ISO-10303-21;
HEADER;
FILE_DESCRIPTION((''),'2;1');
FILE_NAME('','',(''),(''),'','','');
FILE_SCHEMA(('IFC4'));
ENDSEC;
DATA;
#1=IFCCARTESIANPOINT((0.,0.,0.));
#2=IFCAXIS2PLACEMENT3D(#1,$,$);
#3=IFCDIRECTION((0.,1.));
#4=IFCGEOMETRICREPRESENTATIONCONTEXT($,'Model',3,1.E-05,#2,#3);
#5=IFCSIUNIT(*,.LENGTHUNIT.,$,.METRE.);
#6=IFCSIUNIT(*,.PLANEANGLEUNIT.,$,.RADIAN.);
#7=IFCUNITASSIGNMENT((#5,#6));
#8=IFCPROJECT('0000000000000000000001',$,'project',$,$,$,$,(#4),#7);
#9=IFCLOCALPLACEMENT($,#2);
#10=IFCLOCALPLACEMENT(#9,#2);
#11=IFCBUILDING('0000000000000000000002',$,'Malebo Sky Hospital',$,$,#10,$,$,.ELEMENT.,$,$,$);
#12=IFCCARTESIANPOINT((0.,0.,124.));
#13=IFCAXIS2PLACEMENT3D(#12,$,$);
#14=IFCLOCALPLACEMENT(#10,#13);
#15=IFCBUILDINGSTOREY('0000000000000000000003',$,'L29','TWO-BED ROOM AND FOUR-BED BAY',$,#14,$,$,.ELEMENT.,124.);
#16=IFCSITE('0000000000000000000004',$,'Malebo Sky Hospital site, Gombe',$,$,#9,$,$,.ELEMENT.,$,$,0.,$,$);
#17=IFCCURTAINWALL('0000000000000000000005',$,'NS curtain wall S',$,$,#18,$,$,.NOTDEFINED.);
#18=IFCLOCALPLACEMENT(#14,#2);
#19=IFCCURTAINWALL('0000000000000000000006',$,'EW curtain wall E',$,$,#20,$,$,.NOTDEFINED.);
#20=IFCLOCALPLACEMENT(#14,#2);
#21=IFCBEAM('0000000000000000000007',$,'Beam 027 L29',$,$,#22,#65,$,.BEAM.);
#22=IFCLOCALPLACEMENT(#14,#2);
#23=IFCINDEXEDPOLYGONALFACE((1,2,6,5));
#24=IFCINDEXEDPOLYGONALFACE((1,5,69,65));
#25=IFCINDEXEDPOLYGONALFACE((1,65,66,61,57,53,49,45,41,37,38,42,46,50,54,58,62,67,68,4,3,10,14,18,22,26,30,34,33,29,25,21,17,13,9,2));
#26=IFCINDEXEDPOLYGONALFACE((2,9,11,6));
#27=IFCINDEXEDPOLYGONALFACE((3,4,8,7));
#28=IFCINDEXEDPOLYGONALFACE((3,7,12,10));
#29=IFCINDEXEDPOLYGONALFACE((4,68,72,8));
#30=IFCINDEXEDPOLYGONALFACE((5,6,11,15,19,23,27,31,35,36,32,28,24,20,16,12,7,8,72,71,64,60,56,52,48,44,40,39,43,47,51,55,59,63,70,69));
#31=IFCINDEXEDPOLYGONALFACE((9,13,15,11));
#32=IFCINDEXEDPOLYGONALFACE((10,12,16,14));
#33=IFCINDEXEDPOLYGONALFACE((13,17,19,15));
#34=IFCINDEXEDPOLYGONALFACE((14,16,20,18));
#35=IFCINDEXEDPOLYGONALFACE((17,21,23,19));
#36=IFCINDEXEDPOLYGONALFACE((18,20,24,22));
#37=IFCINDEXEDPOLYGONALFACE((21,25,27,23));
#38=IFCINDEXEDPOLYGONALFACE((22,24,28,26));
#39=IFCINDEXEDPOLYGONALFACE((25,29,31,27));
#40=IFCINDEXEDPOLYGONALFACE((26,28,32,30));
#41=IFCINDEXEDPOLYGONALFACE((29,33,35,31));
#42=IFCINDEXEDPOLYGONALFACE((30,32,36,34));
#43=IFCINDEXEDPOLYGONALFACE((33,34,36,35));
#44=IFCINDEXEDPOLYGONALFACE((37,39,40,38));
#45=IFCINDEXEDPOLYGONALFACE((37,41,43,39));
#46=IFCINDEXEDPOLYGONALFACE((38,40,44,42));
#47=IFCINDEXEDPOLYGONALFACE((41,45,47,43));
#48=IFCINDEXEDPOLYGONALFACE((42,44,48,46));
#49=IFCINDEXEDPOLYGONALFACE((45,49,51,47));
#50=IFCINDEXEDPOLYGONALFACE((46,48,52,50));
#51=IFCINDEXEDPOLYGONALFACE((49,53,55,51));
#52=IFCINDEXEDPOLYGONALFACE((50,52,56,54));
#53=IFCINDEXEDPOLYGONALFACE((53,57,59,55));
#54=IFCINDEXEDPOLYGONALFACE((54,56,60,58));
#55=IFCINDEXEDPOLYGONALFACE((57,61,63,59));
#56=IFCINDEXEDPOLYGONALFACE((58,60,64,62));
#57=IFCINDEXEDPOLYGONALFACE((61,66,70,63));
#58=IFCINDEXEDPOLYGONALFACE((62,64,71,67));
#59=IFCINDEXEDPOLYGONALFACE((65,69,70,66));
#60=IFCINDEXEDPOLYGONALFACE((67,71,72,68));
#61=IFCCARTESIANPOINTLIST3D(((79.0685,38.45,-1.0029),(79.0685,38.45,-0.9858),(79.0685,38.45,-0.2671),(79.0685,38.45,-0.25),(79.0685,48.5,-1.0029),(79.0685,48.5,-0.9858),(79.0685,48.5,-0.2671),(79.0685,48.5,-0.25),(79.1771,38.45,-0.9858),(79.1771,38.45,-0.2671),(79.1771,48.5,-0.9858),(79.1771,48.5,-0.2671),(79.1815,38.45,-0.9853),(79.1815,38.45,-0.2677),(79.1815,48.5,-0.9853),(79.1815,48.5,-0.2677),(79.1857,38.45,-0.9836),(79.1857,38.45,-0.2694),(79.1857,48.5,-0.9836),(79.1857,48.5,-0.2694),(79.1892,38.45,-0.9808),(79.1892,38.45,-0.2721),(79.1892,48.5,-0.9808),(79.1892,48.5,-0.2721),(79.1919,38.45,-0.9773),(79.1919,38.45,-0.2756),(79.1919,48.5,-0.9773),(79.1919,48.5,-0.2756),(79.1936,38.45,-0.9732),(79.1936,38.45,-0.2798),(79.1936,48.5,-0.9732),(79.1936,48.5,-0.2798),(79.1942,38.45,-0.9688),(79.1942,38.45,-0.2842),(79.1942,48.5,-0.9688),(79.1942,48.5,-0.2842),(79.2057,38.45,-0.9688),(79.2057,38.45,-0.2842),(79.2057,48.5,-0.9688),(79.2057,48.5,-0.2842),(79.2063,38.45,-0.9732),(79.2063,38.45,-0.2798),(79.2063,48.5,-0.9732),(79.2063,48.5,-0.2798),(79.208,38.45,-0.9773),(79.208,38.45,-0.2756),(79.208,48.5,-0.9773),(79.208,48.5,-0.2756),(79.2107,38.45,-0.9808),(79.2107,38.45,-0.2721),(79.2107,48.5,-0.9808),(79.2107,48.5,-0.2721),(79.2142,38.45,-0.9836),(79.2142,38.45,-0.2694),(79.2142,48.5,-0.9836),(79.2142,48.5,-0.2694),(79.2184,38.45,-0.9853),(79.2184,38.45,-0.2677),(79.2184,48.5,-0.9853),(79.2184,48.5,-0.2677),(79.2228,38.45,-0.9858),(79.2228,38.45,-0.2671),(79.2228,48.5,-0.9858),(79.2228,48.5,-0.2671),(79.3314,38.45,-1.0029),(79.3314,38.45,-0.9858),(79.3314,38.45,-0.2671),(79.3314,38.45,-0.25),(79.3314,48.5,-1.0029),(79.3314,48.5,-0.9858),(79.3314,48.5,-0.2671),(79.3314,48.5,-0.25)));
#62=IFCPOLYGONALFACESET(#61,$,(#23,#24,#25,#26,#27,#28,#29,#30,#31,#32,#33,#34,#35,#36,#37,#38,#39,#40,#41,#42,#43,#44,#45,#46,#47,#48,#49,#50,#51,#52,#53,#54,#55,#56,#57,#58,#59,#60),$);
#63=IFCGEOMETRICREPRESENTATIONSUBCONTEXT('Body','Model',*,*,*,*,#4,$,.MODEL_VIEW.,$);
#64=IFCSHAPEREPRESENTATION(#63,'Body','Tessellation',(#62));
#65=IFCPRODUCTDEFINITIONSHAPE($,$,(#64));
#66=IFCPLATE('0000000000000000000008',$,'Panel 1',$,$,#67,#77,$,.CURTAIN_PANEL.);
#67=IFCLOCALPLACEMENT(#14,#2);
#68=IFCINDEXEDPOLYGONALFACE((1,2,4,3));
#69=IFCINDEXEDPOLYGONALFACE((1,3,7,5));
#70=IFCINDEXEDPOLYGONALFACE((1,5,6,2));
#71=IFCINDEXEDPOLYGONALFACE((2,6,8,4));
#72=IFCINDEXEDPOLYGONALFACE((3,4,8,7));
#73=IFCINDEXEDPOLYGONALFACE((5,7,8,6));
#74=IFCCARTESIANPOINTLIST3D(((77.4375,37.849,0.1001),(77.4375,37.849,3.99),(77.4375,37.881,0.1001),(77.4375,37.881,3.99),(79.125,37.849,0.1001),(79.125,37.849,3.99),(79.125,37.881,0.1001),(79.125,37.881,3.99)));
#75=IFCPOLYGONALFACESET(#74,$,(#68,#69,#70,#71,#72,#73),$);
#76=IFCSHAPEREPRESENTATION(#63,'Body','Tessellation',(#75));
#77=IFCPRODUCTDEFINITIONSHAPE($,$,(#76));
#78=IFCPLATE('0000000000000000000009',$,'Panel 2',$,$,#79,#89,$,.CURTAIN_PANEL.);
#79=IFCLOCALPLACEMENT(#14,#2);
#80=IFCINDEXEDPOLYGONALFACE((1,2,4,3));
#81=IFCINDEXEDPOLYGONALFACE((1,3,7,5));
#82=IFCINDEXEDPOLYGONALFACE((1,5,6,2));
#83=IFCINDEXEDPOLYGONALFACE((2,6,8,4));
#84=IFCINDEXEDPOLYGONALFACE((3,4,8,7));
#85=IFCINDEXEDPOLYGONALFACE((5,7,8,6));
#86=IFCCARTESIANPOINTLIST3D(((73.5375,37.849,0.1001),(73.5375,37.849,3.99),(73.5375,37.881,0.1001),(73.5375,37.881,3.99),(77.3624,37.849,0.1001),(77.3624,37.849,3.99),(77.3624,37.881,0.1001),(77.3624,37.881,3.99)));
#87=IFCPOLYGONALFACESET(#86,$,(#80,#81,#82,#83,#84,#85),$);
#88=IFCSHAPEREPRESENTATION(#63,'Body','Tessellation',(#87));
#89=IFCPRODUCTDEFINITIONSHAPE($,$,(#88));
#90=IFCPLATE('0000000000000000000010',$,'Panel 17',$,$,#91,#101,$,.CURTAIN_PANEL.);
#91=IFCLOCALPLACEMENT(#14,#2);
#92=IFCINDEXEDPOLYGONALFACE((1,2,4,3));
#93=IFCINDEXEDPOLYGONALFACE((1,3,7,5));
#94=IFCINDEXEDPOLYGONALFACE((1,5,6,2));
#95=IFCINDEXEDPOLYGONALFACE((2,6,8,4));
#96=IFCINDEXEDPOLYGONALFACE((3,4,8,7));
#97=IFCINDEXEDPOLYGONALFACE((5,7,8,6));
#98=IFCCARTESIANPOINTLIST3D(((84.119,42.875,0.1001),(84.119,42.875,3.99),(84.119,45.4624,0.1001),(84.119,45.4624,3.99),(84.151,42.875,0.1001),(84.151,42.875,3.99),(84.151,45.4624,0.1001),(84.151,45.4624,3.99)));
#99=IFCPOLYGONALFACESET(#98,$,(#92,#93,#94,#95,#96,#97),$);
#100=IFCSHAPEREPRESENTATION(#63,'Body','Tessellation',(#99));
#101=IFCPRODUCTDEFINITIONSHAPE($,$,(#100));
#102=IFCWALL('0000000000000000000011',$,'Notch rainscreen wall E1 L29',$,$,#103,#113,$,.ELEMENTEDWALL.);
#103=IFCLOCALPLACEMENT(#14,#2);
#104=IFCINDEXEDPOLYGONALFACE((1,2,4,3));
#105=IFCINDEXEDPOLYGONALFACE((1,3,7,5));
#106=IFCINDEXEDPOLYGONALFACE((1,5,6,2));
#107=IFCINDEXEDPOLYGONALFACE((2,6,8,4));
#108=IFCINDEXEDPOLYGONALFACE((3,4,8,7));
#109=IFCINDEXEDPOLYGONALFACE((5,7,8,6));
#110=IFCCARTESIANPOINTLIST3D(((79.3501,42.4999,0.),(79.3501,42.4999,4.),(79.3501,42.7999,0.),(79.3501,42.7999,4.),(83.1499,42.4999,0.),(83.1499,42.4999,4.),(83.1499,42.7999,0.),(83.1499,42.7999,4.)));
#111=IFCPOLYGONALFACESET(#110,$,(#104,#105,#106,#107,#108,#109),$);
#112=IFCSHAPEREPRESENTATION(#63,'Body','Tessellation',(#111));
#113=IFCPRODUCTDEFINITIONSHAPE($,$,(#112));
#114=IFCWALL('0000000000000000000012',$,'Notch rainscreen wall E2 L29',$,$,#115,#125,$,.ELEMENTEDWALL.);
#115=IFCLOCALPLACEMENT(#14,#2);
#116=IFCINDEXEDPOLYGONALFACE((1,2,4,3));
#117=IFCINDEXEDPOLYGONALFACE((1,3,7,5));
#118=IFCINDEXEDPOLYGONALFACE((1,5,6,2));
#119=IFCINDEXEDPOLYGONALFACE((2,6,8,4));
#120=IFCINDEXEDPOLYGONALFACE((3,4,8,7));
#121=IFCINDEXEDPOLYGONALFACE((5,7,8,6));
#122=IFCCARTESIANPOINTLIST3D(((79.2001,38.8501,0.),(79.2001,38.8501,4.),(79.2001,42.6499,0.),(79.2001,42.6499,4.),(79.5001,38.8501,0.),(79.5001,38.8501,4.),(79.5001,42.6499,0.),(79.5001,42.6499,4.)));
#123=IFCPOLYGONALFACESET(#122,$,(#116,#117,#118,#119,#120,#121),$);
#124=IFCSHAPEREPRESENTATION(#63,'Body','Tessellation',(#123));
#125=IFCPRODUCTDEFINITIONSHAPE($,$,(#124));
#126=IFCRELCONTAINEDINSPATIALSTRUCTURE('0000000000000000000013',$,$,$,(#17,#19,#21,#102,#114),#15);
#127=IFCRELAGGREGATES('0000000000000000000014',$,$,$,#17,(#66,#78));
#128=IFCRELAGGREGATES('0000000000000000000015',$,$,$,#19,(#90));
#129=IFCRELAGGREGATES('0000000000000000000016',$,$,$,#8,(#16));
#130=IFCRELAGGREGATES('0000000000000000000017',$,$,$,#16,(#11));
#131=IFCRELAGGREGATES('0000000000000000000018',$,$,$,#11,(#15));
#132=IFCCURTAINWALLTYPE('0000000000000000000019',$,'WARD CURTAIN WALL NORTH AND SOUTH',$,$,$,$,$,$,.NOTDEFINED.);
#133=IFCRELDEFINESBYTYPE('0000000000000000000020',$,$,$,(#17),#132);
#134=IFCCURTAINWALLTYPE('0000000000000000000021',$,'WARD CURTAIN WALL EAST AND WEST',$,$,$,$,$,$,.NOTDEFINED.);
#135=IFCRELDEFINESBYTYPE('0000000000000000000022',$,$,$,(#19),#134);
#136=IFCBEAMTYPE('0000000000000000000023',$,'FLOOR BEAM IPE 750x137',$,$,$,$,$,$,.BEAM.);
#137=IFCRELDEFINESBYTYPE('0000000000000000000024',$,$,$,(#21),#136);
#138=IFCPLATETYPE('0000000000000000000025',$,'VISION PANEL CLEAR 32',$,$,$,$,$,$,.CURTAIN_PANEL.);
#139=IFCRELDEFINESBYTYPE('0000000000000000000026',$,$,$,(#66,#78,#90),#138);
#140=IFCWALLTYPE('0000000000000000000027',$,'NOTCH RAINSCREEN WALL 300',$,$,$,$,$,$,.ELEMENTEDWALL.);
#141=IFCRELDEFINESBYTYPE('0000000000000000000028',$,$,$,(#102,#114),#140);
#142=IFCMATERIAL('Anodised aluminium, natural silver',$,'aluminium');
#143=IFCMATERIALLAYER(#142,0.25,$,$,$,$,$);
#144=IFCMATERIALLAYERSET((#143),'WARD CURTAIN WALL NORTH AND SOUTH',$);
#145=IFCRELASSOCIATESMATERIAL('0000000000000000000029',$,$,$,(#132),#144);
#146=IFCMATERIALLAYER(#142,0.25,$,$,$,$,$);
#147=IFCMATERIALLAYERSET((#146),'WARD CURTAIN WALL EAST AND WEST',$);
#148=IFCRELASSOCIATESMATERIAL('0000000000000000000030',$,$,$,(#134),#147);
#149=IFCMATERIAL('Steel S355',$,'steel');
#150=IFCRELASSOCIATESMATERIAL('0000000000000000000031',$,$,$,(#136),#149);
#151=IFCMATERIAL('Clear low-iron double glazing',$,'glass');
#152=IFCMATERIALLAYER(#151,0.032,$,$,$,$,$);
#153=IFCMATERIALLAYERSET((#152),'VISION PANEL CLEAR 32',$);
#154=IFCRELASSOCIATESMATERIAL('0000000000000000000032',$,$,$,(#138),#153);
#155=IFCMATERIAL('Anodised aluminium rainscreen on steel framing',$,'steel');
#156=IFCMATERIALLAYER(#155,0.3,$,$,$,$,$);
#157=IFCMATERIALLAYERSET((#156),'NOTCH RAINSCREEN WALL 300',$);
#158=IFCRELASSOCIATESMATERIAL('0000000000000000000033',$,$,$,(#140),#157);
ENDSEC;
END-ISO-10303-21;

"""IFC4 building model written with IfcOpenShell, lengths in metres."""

from ifc_helpers import new_model, si_unit, direction, frame, frame_2d, origin, origin_2d, place, context, subcontext, project, spatial, rectangle, i_section, extrude, material, layer, layer_set, material_profile, profile_set, type_object, element, aggregate, save


model = new_model("IFC4")

# Units and contexts
model_context = context("Model", 3, precision=1e-05, world=origin(), true_north=direction((0.0, 1.0)))
body_context = subcontext(model_context, "Body", "Model", "MODEL_VIEW")
ifc_project = project(units=[si_unit("LENGTHUNIT", "METRE"), si_unit("PLANEANGLEUNIT", "RADIAN")], contexts=[model_context])

# Site, building, storey
site_placement = place(None, origin())
site = spatial("IfcSite", under=ifc_project, at=site_placement, Name="Malebo Sky Hospital site, Gombe", CompositionType="ELEMENT", RefElevation=0.0)
building_placement = place(site_placement, origin())
building = spatial("IfcBuilding", under=site, at=building_placement, Name="Malebo Sky Hospital", CompositionType="ELEMENT")
storey_placement = place(building_placement, frame((0.0, 0.0, 124.0)))
storey = spatial("IfcBuildingStorey", under=building, at=storey_placement, Name="L29", Description="TWO-BED ROOM AND FOUR-BED BAY", CompositionType="ELEMENT", Elevation=124.0)

# Curtain wall
ifc_material_1 = material(Name="Anodised aluminium, natural silver", Category="aluminium")
ifc_layer_1 = layer(ifc_material_1, 0.25)
ifc_layer_set_1 = layer_set([ifc_layer_1], Name="WARD CURTAIN WALL NORTH AND SOUTH")
curtain_wall_type_1 = type_object("IfcCurtainWallType", Name="WARD CURTAIN WALL NORTH AND SOUTH", PredefinedType="NOTDEFINED", material=ifc_layer_set_1)
curtain_wall_1_placement = place(storey_placement, origin())
curtain_wall_1 = element("IfcCurtainWall", 1, at=curtain_wall_1_placement, inside=storey, type_object=curtain_wall_type_1, Name="NS curtain wall S", PredefinedType="NOTDEFINED")

# Curtain wall
ifc_layer_2 = layer(ifc_material_1, 0.25)
ifc_layer_set_2 = layer_set([ifc_layer_2], Name="WARD CURTAIN WALL EAST AND WEST")
curtain_wall_type_2 = type_object("IfcCurtainWallType", Name="WARD CURTAIN WALL EAST AND WEST", PredefinedType="NOTDEFINED", material=ifc_layer_set_2)
curtain_wall_2_placement = place(storey_placement, origin())
curtain_wall_2 = element("IfcCurtainWall", 2, at=curtain_wall_2_placement, inside=storey, type_object=curtain_wall_type_2, Name="EW curtain wall E", PredefinedType="NOTDEFINED")

# Beam
ifc_material_2 = material(Name="Steel S355", Category="steel")
ifc_material_profile_1 = material_profile(ifc_material_2, i_section(OverallWidth=0.2629, OverallDepth=0.7529, WebThickness=0.0115, FlangeThickness=0.0171, FilletRadius=0.0171, at=origin_2d()), Name="IPE 750x137")
ifc_profile_set_1 = profile_set([ifc_material_profile_1], Name="Steel S355")
beam_type_1 = type_object("IfcBeamType", Name="FLOOR BEAM IPE 750x137", PredefinedType="BEAM", material=ifc_profile_set_1)
beam_1_placement = place(storey_placement, frame((79.2, 38.45, -0.6265), z_axis=(0.0, 1.0, 0.0), x_axis=(-1.0, 0.0, 0.0)))
element("IfcBeam", 3, at=beam_1_placement, inside=storey, type_object=beam_type_1, Name="Beam 027 L29", PredefinedType="BEAM", context=body_context, shape_type="SweptSolid", body=[
    extrude(i_section(OverallWidth=0.2629, OverallDepth=0.7529, WebThickness=0.0115, FlangeThickness=0.0171, FilletRadius=0.0171, at=origin_2d()), origin(), (0.0, 0.0, 1.0), 10.05),
])

# Plates
ifc_material_3 = material(Name="Clear low-iron double glazing", Category="glass")
ifc_layer_3 = layer(ifc_material_3, 0.032)
ifc_layer_set_3 = layer_set([ifc_layer_3], Name="VISION PANEL CLEAR 32")
plate_type = type_object("IfcPlateType", Name="VISION PANEL CLEAR 32", PredefinedType="CURTAIN_PANEL", material=ifc_layer_set_3)
plate_1_placement = place(storey_placement, frame((78.2812, 37.865, 0.1001), z_axis=(0.0, 0.0, 1.0), x_axis=(-1.0, 0.0, 0.0)))
plate_1 = element("IfcPlate", 4, at=plate_1_placement, type_object=plate_type, Name="Panel 1", PredefinedType="CURTAIN_PANEL", context=body_context, shape_type="SweptSolid", body=[
    extrude(rectangle(XDim=1.6875, YDim=0.032, at=origin_2d()), origin(), (0.0, 0.0, 1.0), 3.8899),
])
plate_2_placement = place(storey_placement, frame((75.45, 37.865, 0.1001), z_axis=(0.0, 0.0, 1.0), x_axis=(-1.0, 0.0, 0.0)))
plate_2 = element("IfcPlate", 5, at=plate_2_placement, type_object=plate_type, Name="Panel 2", PredefinedType="CURTAIN_PANEL", context=body_context, shape_type="SweptSolid", body=[
    extrude(rectangle(XDim=3.825, YDim=0.032, at=origin_2d()), origin(), (0.0, 0.0, 1.0), 3.8899),
])
aggregate(curtain_wall_1, [plate_1, plate_2])
plate_3_placement = place(storey_placement, frame((84.135, 44.1687, 0.1001), z_axis=(0.0, 0.0, 1.0), x_axis=(0.0, -1.0, 0.0)))
plate_3 = element("IfcPlate", 6, at=plate_3_placement, type_object=plate_type, Name="Panel 17", PredefinedType="CURTAIN_PANEL", context=body_context, shape_type="SweptSolid", body=[
    extrude(rectangle(XDim=2.5874, YDim=0.032, at=origin_2d()), origin(), (0.0, 0.0, 1.0), 3.8899),
])
aggregate(curtain_wall_2, [plate_3])

# Walls
ifc_material_4 = material(Name="Anodised aluminium rainscreen on steel framing", Category="steel")
ifc_layer_4 = layer(ifc_material_4, 0.3)
ifc_layer_set_4 = layer_set([ifc_layer_4], Name="NOTCH RAINSCREEN WALL 300")
wall_type = type_object("IfcWallType", Name="NOTCH RAINSCREEN WALL 300", PredefinedType="ELEMENTEDWALL", material=ifc_layer_set_4)
for number, where, z_axis, x_axis, name in (
    (7, (83.1499, 42.6499, 0.0), (0.0, 0.0, 1.0), (-1.0, 0.0, 0.0), "Notch rainscreen wall E1 L29"),
    (8, (79.3501, 42.6499, 0.0), (0.0, 0.0, 1.0), (0.0, -1.0, 0.0), "Notch rainscreen wall E2 L29"),
):
    element("IfcWall", number, at=place(storey_placement, frame(where, z_axis=z_axis, x_axis=x_axis)), inside=storey, type_object=wall_type, Name=name, PredefinedType="ELEMENTEDWALL", context=body_context, shape_type="SweptSolid", body=[
        extrude(rectangle(XDim=3.7998, YDim=0.3, at=frame_2d((1.8999, 0.0))), origin(), (0.0, 0.0, 1.0), 4.0),
    ])

save(model, "model.ifc")
